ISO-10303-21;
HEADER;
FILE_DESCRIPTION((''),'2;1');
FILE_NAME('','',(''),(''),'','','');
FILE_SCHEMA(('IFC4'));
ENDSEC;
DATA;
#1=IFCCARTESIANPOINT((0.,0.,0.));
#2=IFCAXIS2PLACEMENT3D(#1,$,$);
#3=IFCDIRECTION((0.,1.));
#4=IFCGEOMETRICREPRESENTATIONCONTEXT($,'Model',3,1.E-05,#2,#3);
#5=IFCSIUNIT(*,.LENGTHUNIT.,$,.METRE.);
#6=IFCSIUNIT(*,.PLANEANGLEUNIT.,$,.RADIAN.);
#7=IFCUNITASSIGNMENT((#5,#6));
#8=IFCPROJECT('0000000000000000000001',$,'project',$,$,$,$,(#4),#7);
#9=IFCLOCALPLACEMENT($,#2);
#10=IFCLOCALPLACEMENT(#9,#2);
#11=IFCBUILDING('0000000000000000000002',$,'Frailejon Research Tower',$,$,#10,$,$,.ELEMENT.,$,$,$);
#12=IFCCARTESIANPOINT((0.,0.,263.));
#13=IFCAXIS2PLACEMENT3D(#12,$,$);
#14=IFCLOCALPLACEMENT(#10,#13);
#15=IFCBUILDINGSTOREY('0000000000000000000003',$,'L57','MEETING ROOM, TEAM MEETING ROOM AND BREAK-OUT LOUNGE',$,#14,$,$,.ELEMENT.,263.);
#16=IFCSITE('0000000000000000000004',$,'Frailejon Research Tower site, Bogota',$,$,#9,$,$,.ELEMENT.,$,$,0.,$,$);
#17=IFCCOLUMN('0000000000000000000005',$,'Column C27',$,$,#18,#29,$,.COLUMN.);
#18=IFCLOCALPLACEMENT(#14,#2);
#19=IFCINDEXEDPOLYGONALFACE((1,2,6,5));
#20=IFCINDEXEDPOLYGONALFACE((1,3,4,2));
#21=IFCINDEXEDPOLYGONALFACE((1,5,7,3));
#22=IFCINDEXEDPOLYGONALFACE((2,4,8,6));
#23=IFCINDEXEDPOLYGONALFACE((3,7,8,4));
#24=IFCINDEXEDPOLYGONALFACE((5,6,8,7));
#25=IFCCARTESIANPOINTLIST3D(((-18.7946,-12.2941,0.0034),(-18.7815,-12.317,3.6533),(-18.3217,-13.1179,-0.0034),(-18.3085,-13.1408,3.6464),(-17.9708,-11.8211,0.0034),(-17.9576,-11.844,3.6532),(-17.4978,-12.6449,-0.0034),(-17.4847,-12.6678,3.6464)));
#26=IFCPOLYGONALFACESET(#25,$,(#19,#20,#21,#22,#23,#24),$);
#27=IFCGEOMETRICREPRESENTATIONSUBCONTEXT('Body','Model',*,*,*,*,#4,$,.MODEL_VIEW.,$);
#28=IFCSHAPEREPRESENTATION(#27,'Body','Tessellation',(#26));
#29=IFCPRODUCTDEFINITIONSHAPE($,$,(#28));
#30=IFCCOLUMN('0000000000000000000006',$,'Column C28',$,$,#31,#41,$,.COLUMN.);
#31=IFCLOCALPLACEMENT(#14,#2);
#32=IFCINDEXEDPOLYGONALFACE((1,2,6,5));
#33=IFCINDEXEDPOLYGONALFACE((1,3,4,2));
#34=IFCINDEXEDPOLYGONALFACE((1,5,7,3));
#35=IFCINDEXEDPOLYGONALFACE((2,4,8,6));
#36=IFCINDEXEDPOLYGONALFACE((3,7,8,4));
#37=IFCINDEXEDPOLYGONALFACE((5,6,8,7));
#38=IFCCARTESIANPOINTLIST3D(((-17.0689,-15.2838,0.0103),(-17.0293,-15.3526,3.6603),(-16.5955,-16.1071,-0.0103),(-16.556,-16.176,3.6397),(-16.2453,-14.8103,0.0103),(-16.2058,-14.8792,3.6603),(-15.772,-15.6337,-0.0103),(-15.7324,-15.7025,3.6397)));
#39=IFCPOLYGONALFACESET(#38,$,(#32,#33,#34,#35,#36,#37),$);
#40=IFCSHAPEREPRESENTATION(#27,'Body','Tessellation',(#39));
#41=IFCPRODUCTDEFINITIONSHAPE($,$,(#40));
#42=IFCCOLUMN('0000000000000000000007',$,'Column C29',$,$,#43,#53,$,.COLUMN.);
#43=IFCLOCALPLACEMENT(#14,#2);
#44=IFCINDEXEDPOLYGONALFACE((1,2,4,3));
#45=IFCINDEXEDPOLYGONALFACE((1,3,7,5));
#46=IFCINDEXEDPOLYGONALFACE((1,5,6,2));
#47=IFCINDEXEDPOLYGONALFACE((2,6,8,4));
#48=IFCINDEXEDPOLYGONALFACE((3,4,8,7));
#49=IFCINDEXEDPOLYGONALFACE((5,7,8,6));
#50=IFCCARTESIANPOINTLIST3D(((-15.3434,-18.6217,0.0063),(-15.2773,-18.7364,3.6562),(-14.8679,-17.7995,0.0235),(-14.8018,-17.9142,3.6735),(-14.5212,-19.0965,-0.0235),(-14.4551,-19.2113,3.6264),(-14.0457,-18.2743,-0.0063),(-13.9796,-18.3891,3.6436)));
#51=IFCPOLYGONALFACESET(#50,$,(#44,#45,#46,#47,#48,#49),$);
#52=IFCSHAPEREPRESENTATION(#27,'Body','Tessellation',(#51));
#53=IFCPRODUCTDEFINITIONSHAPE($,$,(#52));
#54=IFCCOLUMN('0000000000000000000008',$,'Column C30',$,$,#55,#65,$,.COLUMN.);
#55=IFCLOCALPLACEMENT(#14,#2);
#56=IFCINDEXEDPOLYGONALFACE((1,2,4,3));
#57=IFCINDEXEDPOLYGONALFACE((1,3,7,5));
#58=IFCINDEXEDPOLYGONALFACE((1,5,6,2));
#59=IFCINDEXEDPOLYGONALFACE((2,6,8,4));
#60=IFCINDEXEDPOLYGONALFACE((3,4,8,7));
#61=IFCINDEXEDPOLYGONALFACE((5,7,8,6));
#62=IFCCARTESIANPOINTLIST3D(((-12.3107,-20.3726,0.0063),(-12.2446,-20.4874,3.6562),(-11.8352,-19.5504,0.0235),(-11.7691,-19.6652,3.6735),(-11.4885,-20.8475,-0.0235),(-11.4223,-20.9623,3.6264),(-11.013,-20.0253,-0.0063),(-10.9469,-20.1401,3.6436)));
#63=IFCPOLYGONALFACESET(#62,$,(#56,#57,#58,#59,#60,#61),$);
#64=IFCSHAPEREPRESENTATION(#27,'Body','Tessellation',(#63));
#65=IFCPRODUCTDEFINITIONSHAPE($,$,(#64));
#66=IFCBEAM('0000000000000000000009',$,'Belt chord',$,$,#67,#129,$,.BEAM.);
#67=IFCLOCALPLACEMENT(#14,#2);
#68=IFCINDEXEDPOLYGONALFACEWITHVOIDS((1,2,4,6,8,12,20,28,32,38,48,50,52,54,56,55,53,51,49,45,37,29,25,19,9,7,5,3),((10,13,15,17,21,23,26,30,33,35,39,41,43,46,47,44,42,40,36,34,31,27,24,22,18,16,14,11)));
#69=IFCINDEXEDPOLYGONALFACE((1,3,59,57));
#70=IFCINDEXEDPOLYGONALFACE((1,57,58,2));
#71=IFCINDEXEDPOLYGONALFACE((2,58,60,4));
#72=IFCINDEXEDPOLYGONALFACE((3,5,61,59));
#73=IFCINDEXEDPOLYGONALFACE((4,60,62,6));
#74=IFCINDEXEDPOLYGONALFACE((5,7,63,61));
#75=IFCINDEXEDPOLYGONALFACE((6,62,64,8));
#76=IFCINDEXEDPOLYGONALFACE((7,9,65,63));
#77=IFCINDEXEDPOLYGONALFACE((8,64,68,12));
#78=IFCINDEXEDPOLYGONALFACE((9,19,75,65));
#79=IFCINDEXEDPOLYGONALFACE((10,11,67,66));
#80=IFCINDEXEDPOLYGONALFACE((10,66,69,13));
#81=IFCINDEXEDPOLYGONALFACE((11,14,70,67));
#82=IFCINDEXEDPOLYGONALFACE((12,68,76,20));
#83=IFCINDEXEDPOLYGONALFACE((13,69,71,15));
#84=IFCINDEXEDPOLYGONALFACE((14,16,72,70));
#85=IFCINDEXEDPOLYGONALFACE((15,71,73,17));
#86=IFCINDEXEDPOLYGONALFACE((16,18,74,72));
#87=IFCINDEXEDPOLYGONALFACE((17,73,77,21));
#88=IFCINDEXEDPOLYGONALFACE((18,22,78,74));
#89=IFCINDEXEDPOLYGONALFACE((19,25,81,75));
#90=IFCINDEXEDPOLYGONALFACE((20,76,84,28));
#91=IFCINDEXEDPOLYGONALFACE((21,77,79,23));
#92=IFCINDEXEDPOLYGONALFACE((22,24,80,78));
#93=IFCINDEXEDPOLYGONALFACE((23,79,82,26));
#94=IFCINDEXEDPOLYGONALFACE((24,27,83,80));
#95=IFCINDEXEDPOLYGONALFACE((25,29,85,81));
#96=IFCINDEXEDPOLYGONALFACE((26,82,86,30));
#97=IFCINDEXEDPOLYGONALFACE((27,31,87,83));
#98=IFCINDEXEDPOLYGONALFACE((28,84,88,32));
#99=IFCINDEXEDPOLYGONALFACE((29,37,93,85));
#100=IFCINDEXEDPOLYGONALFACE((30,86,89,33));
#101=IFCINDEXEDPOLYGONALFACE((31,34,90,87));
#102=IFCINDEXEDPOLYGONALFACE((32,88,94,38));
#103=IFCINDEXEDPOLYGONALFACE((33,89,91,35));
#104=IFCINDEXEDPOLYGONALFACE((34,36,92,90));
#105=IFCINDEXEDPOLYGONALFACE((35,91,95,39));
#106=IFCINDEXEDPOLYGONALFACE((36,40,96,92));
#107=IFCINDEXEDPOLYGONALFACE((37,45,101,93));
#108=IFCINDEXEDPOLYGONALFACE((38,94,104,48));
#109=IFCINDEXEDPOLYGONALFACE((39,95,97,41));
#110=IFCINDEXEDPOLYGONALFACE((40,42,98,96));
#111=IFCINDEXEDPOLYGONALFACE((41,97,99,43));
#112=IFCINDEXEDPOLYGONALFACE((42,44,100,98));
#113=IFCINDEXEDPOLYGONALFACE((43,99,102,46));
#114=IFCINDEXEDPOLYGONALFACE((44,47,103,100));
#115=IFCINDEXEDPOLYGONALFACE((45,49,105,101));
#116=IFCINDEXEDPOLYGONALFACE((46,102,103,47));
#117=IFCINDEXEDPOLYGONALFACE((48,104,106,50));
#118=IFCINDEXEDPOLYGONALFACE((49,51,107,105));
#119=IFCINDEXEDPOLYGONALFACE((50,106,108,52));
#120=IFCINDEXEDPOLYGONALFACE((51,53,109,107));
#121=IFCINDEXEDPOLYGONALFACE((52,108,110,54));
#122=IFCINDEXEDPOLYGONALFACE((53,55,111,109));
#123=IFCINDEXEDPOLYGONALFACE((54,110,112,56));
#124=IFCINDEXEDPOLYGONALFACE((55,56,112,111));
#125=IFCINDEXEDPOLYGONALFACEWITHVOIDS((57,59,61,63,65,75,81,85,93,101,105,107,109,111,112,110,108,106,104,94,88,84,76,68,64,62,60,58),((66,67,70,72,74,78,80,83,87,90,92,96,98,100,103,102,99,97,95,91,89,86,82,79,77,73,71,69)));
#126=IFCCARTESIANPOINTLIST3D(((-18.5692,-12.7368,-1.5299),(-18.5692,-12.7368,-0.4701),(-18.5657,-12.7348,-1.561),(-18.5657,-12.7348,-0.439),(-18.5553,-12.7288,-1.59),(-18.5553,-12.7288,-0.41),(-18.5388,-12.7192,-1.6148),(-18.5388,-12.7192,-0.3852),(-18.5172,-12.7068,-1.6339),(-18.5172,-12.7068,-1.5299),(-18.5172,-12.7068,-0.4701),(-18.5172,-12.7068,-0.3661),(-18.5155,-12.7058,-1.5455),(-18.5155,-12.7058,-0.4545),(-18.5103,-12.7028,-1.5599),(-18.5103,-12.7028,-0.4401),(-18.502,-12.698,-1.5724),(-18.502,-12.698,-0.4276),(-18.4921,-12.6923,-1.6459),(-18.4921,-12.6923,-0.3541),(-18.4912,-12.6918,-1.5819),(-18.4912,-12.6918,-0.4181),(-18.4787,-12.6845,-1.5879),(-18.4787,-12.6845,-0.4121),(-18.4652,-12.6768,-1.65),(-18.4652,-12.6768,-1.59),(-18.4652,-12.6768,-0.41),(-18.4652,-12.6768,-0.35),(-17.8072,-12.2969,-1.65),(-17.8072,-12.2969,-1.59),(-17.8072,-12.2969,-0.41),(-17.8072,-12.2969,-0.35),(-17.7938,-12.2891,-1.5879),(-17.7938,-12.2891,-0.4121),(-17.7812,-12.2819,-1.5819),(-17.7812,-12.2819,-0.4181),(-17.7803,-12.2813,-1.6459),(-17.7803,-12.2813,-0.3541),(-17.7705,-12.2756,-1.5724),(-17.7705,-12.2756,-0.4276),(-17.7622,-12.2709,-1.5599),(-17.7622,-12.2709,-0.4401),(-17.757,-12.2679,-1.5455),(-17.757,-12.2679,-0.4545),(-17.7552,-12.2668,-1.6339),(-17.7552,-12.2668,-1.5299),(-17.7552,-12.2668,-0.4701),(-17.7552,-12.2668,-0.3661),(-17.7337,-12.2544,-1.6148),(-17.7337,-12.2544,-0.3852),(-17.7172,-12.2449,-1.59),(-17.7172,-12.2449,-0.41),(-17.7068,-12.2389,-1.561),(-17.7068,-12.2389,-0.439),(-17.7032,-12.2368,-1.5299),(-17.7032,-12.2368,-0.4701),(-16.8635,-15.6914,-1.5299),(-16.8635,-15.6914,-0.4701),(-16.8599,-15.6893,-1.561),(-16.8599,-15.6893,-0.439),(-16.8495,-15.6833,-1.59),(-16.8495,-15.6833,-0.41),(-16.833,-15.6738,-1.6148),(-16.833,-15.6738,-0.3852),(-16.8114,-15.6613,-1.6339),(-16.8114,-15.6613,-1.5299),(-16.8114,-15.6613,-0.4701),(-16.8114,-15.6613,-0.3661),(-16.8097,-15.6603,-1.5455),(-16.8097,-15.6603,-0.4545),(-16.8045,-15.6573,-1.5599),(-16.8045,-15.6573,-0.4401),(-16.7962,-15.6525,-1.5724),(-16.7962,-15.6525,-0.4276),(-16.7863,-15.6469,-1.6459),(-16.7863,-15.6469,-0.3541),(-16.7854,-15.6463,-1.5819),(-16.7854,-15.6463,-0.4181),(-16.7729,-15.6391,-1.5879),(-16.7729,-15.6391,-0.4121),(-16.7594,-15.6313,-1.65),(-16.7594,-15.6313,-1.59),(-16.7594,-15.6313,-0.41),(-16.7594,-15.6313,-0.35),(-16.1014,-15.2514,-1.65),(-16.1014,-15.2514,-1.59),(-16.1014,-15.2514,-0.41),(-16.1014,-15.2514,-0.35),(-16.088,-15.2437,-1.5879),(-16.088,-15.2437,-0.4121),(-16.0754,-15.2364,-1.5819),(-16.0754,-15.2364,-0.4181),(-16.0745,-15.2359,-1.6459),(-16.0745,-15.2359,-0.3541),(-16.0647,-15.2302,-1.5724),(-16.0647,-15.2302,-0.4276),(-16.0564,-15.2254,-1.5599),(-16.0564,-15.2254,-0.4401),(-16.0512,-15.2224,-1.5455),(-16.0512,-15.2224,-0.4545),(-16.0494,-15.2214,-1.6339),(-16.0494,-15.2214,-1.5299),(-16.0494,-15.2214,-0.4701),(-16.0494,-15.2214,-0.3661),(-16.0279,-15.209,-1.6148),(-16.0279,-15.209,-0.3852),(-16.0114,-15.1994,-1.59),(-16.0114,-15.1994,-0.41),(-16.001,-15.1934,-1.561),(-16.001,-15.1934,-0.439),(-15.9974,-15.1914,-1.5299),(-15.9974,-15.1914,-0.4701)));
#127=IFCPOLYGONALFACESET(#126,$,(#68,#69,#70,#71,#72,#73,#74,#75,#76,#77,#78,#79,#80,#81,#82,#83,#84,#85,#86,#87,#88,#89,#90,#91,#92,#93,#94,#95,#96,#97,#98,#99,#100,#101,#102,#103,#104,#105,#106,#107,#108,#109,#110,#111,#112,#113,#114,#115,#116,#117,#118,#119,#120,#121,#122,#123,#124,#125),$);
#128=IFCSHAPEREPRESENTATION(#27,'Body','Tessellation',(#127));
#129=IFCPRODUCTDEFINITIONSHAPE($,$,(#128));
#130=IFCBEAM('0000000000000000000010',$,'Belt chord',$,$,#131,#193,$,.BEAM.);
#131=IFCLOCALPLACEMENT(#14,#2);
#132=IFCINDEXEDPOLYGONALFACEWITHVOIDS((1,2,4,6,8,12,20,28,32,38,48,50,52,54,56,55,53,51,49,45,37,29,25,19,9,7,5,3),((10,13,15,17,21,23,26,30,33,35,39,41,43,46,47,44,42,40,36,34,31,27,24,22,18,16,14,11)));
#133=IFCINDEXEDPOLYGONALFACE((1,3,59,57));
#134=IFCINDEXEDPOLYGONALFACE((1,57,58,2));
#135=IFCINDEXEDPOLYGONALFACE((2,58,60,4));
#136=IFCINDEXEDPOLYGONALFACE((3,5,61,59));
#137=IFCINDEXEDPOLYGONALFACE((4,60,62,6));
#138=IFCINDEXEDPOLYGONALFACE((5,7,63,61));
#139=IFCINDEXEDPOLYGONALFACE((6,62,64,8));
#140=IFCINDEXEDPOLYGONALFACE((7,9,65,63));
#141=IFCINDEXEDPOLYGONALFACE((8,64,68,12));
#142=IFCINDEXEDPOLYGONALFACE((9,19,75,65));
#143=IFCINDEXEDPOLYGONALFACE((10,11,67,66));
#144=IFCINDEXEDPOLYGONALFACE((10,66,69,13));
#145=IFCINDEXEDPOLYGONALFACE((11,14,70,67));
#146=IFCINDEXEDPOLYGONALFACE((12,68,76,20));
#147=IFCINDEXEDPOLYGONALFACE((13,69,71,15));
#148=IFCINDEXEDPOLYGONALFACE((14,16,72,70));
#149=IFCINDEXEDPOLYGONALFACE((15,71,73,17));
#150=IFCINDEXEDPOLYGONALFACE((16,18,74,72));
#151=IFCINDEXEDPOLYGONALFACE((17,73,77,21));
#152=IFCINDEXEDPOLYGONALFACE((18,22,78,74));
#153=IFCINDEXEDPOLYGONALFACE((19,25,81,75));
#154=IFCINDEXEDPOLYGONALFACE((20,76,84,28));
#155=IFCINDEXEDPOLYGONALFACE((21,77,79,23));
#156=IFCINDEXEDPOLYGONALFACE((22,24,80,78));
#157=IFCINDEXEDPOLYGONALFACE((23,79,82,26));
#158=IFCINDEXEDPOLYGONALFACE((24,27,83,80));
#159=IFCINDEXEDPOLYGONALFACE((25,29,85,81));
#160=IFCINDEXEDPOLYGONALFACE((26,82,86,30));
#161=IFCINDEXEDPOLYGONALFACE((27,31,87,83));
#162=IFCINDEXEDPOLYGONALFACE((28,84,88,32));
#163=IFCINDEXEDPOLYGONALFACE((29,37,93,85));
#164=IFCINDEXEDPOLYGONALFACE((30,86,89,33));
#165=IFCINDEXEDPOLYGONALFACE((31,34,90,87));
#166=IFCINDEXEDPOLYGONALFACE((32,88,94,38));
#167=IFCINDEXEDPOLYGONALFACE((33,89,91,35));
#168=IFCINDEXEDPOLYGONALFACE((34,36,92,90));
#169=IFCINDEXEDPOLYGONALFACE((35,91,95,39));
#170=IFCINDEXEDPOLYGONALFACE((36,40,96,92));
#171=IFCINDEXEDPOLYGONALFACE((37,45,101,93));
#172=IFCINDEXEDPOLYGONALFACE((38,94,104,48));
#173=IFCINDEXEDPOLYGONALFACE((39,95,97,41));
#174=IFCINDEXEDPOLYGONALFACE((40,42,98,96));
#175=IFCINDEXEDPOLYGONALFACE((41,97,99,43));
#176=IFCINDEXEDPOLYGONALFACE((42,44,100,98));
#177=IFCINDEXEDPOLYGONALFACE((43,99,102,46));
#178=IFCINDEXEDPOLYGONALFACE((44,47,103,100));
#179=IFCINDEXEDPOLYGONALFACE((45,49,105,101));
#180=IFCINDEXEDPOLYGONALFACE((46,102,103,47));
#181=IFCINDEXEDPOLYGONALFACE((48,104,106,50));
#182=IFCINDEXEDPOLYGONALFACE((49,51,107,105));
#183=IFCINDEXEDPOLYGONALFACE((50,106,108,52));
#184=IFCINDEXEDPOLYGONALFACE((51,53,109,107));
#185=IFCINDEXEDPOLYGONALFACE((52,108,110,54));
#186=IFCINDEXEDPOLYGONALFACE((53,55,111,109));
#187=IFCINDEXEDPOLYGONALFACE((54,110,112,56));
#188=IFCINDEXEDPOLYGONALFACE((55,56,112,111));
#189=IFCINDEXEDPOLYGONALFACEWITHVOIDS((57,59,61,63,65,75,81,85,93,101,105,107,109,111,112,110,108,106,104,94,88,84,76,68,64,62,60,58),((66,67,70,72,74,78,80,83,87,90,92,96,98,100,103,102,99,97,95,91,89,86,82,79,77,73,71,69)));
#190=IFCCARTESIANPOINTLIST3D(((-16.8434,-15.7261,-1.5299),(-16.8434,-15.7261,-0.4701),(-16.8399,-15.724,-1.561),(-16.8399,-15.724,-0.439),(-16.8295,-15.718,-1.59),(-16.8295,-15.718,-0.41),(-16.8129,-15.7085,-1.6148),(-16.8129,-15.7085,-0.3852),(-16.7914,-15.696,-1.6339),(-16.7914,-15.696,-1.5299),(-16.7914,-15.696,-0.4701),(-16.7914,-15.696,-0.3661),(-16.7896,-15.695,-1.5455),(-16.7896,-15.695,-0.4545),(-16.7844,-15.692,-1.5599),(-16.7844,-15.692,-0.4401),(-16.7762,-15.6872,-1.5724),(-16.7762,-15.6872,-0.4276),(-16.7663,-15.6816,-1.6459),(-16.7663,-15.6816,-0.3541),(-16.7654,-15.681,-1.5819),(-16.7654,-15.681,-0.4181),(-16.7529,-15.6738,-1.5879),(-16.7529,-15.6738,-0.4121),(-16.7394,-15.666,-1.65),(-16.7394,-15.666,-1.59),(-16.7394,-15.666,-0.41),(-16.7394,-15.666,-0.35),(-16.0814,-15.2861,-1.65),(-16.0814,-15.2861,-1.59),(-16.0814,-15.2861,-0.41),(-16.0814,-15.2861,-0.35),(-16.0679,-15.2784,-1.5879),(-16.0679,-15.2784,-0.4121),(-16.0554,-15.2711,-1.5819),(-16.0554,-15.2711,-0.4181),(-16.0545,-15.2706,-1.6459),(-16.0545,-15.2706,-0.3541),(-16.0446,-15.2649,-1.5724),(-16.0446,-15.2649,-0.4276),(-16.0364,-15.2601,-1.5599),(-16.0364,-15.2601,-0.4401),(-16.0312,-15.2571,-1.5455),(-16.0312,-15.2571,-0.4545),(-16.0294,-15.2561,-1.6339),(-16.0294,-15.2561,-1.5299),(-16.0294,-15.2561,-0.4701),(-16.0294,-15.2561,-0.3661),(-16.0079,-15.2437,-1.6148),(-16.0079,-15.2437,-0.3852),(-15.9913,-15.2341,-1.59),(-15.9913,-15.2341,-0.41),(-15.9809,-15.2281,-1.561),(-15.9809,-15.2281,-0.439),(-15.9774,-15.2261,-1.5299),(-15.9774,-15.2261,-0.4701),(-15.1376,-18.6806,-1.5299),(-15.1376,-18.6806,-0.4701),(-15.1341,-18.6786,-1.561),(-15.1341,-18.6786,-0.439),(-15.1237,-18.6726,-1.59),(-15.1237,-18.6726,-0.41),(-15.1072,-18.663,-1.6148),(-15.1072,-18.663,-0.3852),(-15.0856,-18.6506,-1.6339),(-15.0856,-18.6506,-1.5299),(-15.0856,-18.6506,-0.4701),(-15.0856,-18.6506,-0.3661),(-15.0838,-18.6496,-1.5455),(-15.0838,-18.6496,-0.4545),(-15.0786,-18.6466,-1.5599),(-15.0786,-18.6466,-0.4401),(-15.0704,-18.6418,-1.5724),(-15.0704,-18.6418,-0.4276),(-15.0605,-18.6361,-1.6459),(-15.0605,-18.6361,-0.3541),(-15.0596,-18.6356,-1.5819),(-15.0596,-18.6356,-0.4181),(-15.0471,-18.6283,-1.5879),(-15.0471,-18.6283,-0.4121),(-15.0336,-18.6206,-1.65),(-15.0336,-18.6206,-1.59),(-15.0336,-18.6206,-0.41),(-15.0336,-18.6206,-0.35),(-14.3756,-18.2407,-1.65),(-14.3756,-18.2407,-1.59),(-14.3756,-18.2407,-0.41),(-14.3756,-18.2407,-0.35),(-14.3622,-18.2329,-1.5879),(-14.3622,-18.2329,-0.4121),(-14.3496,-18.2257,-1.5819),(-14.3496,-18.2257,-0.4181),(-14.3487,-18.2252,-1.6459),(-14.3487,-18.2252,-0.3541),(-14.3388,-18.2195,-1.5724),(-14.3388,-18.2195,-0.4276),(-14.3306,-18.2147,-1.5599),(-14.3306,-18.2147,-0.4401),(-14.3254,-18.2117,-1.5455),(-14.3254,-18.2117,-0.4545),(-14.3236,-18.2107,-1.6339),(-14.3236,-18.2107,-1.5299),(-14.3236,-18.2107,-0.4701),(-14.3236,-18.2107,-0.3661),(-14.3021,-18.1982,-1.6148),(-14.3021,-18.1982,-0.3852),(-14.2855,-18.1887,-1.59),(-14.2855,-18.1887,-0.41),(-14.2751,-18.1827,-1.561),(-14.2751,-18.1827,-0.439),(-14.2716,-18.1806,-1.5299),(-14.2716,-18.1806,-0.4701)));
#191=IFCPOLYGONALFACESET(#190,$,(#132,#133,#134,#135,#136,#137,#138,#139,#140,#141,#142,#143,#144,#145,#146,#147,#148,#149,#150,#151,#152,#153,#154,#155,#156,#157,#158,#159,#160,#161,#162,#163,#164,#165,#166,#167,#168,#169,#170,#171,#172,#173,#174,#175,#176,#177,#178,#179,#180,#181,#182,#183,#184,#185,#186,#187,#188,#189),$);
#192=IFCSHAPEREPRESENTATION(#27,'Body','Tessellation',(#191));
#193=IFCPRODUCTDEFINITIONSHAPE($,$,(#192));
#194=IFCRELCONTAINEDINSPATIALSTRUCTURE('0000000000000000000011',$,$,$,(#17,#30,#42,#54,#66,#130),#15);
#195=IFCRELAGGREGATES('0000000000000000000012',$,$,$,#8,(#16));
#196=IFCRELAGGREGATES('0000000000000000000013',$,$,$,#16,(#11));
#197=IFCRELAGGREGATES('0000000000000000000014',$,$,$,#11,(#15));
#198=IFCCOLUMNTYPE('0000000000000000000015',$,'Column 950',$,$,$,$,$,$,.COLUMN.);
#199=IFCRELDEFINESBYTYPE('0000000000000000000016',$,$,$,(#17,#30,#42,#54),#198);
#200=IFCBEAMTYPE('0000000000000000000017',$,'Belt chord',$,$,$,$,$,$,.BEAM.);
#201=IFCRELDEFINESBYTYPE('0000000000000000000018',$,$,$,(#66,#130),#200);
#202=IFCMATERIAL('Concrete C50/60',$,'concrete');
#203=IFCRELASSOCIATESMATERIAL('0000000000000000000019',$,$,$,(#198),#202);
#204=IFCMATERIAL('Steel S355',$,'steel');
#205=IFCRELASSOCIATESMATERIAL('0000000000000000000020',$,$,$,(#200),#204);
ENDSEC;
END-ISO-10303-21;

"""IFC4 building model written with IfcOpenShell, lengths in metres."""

from ifc_helpers import new_model, si_unit, direction, frame, origin, origin_2d, place, context, subcontext, project, spatial, rectangle, hollow_rectangle, extrude, material, material_profile, profile_set, type_object, element, save


model = new_model("IFC4")

# Units and contexts
model_context = context("Model", 3, precision=1e-05, world=origin(), true_north=direction((0.0, 1.0)))
body_context = subcontext(model_context, "Body", "Model", "MODEL_VIEW")
ifc_project = project(units=[si_unit("LENGTHUNIT", "METRE"), si_unit("PLANEANGLEUNIT", "RADIAN")], contexts=[model_context])

# Site, building, storey
site_placement = place(None, origin())
site = spatial("IfcSite", under=ifc_project, at=site_placement, Name="Frailejon Research Tower site, Bogota", CompositionType="ELEMENT", RefElevation=0.0)
building_placement = place(site_placement, origin())
building = spatial("IfcBuilding", under=site, at=building_placement, Name="Frailejon Research Tower", CompositionType="ELEMENT")
storey_placement = place(building_placement, frame((0.0, 0.0, 263.0)))
storey = spatial("IfcBuildingStorey", under=building, at=storey_placement, Name="L57", Description="MEETING ROOM, TEAM MEETING ROOM AND BREAK-OUT LOUNGE", CompositionType="ELEMENT", Elevation=263.0)

# Columns
ifc_material_1 = material(Name="Concrete C50/60", Category="concrete")
ifc_material_profile_1 = material_profile(ifc_material_1, rectangle(XDim=0.95, YDim=0.95, at=origin_2d()), Name="Column 950")
ifc_profile_set_1 = profile_set([ifc_material_profile_1], Name="Concrete C50/60")
column_type = type_object("IfcColumnType", Name="Column 950", PredefinedType="COLUMN", material=ifc_profile_set_1)
column_1_placement = place(storey_placement, frame((-18.1462, -12.4695, 0.0), z_axis=(0.003612, -0.006287, 0.999974), x_axis=(0.49789, -0.86721, -0.007251)))
element("IfcColumn", 1, at=column_1_placement, inside=storey, type_object=column_type, Name="Column C27", PredefinedType="COLUMN", context=body_context, shape_type="SweptSolid", body=[
    extrude(rectangle(XDim=0.95, YDim=0.95, at=origin_2d()), origin(), (0.0, 0.0, 1.0), 3.6499),
])
column_2_placement = place(storey_placement, frame((-16.4204, -15.4587, 0.0), z_axis=(0.010834, -0.018858, 0.999763), x_axis=(0.498285, -0.86674, -0.021749)))
element("IfcColumn", 2, at=column_2_placement, inside=storey, type_object=column_type, Name="Column C28", PredefinedType="COLUMN", context=body_context, shape_type="SweptSolid", body=[
    extrude(rectangle(XDim=0.95, YDim=0.95, at=origin_2d()), origin(), (0.0, 0.0, 1.0), 3.6509),
])
for number, where, z_axis, x_axis, name in (
    (3, (-14.6946, -18.448, 0.0), (0.018115, -0.031417, 0.999342), (0.86552, -0.499889, -0.031405), "Column C29"),
    (4, (-11.6619, -20.199, 0.0), (0.018115, -0.031417, 0.999342), (0.86552, -0.499889, -0.031405), "Column C30"),
):
    element("IfcColumn", number, at=place(storey_placement, frame(where, z_axis=z_axis, x_axis=x_axis)), inside=storey, type_object=column_type, Name=name, PredefinedType="COLUMN", context=body_context, shape_type="SweptSolid", body=[
        extrude(rectangle(XDim=0.95, YDim=0.95, at=origin_2d()), origin(), (0.0, 0.0, 1.0), 3.6523),
    ])

# Beams
ifc_material_2 = material(Name="Steel S355", Category="steel")
ifc_material_profile_2 = material_profile(ifc_material_2, hollow_rectangle(XDim=1.0, YDim=1.3, WallThickness=0.0601, InnerFilletRadius=0.0601, OuterFilletRadius=0.1201, at=origin_2d()), Name="Belt chord")
ifc_profile_set_2 = profile_set([ifc_material_profile_2], Name="Steel S355")
beam_type_1 = type_object("IfcBeamType", Name="Belt chord", PredefinedType="BEAM", material=ifc_profile_set_2)
for number, where, z_axis, x_axis, name in (
    (5, (-18.1362, -12.4868, -1.0), (0.499995, -0.866028, 0.0), (0.866028, 0.499995, 0.0), "Belt chord"),
    (6, (-16.4104, -15.4761, -1.0), (0.499995, -0.866028, 0.0), (0.866028, 0.499995, 0.0), "Belt chord"),
):
    element("IfcBeam", number, at=place(storey_placement, frame(where, z_axis=z_axis, x_axis=x_axis)), inside=storey, type_object=beam_type_1, Name=name, PredefinedType="BEAM", context=body_context, shape_type="SweptSolid", body=[
        extrude(hollow_rectangle(XDim=1.0, YDim=1.3, WallThickness=0.0601, InnerFilletRadius=0.0601, OuterFilletRadius=0.1201, at=origin_2d()), origin(), (0.0, 0.0, 1.0), 3.4116),
    ])

save(model, "model.ifc")
